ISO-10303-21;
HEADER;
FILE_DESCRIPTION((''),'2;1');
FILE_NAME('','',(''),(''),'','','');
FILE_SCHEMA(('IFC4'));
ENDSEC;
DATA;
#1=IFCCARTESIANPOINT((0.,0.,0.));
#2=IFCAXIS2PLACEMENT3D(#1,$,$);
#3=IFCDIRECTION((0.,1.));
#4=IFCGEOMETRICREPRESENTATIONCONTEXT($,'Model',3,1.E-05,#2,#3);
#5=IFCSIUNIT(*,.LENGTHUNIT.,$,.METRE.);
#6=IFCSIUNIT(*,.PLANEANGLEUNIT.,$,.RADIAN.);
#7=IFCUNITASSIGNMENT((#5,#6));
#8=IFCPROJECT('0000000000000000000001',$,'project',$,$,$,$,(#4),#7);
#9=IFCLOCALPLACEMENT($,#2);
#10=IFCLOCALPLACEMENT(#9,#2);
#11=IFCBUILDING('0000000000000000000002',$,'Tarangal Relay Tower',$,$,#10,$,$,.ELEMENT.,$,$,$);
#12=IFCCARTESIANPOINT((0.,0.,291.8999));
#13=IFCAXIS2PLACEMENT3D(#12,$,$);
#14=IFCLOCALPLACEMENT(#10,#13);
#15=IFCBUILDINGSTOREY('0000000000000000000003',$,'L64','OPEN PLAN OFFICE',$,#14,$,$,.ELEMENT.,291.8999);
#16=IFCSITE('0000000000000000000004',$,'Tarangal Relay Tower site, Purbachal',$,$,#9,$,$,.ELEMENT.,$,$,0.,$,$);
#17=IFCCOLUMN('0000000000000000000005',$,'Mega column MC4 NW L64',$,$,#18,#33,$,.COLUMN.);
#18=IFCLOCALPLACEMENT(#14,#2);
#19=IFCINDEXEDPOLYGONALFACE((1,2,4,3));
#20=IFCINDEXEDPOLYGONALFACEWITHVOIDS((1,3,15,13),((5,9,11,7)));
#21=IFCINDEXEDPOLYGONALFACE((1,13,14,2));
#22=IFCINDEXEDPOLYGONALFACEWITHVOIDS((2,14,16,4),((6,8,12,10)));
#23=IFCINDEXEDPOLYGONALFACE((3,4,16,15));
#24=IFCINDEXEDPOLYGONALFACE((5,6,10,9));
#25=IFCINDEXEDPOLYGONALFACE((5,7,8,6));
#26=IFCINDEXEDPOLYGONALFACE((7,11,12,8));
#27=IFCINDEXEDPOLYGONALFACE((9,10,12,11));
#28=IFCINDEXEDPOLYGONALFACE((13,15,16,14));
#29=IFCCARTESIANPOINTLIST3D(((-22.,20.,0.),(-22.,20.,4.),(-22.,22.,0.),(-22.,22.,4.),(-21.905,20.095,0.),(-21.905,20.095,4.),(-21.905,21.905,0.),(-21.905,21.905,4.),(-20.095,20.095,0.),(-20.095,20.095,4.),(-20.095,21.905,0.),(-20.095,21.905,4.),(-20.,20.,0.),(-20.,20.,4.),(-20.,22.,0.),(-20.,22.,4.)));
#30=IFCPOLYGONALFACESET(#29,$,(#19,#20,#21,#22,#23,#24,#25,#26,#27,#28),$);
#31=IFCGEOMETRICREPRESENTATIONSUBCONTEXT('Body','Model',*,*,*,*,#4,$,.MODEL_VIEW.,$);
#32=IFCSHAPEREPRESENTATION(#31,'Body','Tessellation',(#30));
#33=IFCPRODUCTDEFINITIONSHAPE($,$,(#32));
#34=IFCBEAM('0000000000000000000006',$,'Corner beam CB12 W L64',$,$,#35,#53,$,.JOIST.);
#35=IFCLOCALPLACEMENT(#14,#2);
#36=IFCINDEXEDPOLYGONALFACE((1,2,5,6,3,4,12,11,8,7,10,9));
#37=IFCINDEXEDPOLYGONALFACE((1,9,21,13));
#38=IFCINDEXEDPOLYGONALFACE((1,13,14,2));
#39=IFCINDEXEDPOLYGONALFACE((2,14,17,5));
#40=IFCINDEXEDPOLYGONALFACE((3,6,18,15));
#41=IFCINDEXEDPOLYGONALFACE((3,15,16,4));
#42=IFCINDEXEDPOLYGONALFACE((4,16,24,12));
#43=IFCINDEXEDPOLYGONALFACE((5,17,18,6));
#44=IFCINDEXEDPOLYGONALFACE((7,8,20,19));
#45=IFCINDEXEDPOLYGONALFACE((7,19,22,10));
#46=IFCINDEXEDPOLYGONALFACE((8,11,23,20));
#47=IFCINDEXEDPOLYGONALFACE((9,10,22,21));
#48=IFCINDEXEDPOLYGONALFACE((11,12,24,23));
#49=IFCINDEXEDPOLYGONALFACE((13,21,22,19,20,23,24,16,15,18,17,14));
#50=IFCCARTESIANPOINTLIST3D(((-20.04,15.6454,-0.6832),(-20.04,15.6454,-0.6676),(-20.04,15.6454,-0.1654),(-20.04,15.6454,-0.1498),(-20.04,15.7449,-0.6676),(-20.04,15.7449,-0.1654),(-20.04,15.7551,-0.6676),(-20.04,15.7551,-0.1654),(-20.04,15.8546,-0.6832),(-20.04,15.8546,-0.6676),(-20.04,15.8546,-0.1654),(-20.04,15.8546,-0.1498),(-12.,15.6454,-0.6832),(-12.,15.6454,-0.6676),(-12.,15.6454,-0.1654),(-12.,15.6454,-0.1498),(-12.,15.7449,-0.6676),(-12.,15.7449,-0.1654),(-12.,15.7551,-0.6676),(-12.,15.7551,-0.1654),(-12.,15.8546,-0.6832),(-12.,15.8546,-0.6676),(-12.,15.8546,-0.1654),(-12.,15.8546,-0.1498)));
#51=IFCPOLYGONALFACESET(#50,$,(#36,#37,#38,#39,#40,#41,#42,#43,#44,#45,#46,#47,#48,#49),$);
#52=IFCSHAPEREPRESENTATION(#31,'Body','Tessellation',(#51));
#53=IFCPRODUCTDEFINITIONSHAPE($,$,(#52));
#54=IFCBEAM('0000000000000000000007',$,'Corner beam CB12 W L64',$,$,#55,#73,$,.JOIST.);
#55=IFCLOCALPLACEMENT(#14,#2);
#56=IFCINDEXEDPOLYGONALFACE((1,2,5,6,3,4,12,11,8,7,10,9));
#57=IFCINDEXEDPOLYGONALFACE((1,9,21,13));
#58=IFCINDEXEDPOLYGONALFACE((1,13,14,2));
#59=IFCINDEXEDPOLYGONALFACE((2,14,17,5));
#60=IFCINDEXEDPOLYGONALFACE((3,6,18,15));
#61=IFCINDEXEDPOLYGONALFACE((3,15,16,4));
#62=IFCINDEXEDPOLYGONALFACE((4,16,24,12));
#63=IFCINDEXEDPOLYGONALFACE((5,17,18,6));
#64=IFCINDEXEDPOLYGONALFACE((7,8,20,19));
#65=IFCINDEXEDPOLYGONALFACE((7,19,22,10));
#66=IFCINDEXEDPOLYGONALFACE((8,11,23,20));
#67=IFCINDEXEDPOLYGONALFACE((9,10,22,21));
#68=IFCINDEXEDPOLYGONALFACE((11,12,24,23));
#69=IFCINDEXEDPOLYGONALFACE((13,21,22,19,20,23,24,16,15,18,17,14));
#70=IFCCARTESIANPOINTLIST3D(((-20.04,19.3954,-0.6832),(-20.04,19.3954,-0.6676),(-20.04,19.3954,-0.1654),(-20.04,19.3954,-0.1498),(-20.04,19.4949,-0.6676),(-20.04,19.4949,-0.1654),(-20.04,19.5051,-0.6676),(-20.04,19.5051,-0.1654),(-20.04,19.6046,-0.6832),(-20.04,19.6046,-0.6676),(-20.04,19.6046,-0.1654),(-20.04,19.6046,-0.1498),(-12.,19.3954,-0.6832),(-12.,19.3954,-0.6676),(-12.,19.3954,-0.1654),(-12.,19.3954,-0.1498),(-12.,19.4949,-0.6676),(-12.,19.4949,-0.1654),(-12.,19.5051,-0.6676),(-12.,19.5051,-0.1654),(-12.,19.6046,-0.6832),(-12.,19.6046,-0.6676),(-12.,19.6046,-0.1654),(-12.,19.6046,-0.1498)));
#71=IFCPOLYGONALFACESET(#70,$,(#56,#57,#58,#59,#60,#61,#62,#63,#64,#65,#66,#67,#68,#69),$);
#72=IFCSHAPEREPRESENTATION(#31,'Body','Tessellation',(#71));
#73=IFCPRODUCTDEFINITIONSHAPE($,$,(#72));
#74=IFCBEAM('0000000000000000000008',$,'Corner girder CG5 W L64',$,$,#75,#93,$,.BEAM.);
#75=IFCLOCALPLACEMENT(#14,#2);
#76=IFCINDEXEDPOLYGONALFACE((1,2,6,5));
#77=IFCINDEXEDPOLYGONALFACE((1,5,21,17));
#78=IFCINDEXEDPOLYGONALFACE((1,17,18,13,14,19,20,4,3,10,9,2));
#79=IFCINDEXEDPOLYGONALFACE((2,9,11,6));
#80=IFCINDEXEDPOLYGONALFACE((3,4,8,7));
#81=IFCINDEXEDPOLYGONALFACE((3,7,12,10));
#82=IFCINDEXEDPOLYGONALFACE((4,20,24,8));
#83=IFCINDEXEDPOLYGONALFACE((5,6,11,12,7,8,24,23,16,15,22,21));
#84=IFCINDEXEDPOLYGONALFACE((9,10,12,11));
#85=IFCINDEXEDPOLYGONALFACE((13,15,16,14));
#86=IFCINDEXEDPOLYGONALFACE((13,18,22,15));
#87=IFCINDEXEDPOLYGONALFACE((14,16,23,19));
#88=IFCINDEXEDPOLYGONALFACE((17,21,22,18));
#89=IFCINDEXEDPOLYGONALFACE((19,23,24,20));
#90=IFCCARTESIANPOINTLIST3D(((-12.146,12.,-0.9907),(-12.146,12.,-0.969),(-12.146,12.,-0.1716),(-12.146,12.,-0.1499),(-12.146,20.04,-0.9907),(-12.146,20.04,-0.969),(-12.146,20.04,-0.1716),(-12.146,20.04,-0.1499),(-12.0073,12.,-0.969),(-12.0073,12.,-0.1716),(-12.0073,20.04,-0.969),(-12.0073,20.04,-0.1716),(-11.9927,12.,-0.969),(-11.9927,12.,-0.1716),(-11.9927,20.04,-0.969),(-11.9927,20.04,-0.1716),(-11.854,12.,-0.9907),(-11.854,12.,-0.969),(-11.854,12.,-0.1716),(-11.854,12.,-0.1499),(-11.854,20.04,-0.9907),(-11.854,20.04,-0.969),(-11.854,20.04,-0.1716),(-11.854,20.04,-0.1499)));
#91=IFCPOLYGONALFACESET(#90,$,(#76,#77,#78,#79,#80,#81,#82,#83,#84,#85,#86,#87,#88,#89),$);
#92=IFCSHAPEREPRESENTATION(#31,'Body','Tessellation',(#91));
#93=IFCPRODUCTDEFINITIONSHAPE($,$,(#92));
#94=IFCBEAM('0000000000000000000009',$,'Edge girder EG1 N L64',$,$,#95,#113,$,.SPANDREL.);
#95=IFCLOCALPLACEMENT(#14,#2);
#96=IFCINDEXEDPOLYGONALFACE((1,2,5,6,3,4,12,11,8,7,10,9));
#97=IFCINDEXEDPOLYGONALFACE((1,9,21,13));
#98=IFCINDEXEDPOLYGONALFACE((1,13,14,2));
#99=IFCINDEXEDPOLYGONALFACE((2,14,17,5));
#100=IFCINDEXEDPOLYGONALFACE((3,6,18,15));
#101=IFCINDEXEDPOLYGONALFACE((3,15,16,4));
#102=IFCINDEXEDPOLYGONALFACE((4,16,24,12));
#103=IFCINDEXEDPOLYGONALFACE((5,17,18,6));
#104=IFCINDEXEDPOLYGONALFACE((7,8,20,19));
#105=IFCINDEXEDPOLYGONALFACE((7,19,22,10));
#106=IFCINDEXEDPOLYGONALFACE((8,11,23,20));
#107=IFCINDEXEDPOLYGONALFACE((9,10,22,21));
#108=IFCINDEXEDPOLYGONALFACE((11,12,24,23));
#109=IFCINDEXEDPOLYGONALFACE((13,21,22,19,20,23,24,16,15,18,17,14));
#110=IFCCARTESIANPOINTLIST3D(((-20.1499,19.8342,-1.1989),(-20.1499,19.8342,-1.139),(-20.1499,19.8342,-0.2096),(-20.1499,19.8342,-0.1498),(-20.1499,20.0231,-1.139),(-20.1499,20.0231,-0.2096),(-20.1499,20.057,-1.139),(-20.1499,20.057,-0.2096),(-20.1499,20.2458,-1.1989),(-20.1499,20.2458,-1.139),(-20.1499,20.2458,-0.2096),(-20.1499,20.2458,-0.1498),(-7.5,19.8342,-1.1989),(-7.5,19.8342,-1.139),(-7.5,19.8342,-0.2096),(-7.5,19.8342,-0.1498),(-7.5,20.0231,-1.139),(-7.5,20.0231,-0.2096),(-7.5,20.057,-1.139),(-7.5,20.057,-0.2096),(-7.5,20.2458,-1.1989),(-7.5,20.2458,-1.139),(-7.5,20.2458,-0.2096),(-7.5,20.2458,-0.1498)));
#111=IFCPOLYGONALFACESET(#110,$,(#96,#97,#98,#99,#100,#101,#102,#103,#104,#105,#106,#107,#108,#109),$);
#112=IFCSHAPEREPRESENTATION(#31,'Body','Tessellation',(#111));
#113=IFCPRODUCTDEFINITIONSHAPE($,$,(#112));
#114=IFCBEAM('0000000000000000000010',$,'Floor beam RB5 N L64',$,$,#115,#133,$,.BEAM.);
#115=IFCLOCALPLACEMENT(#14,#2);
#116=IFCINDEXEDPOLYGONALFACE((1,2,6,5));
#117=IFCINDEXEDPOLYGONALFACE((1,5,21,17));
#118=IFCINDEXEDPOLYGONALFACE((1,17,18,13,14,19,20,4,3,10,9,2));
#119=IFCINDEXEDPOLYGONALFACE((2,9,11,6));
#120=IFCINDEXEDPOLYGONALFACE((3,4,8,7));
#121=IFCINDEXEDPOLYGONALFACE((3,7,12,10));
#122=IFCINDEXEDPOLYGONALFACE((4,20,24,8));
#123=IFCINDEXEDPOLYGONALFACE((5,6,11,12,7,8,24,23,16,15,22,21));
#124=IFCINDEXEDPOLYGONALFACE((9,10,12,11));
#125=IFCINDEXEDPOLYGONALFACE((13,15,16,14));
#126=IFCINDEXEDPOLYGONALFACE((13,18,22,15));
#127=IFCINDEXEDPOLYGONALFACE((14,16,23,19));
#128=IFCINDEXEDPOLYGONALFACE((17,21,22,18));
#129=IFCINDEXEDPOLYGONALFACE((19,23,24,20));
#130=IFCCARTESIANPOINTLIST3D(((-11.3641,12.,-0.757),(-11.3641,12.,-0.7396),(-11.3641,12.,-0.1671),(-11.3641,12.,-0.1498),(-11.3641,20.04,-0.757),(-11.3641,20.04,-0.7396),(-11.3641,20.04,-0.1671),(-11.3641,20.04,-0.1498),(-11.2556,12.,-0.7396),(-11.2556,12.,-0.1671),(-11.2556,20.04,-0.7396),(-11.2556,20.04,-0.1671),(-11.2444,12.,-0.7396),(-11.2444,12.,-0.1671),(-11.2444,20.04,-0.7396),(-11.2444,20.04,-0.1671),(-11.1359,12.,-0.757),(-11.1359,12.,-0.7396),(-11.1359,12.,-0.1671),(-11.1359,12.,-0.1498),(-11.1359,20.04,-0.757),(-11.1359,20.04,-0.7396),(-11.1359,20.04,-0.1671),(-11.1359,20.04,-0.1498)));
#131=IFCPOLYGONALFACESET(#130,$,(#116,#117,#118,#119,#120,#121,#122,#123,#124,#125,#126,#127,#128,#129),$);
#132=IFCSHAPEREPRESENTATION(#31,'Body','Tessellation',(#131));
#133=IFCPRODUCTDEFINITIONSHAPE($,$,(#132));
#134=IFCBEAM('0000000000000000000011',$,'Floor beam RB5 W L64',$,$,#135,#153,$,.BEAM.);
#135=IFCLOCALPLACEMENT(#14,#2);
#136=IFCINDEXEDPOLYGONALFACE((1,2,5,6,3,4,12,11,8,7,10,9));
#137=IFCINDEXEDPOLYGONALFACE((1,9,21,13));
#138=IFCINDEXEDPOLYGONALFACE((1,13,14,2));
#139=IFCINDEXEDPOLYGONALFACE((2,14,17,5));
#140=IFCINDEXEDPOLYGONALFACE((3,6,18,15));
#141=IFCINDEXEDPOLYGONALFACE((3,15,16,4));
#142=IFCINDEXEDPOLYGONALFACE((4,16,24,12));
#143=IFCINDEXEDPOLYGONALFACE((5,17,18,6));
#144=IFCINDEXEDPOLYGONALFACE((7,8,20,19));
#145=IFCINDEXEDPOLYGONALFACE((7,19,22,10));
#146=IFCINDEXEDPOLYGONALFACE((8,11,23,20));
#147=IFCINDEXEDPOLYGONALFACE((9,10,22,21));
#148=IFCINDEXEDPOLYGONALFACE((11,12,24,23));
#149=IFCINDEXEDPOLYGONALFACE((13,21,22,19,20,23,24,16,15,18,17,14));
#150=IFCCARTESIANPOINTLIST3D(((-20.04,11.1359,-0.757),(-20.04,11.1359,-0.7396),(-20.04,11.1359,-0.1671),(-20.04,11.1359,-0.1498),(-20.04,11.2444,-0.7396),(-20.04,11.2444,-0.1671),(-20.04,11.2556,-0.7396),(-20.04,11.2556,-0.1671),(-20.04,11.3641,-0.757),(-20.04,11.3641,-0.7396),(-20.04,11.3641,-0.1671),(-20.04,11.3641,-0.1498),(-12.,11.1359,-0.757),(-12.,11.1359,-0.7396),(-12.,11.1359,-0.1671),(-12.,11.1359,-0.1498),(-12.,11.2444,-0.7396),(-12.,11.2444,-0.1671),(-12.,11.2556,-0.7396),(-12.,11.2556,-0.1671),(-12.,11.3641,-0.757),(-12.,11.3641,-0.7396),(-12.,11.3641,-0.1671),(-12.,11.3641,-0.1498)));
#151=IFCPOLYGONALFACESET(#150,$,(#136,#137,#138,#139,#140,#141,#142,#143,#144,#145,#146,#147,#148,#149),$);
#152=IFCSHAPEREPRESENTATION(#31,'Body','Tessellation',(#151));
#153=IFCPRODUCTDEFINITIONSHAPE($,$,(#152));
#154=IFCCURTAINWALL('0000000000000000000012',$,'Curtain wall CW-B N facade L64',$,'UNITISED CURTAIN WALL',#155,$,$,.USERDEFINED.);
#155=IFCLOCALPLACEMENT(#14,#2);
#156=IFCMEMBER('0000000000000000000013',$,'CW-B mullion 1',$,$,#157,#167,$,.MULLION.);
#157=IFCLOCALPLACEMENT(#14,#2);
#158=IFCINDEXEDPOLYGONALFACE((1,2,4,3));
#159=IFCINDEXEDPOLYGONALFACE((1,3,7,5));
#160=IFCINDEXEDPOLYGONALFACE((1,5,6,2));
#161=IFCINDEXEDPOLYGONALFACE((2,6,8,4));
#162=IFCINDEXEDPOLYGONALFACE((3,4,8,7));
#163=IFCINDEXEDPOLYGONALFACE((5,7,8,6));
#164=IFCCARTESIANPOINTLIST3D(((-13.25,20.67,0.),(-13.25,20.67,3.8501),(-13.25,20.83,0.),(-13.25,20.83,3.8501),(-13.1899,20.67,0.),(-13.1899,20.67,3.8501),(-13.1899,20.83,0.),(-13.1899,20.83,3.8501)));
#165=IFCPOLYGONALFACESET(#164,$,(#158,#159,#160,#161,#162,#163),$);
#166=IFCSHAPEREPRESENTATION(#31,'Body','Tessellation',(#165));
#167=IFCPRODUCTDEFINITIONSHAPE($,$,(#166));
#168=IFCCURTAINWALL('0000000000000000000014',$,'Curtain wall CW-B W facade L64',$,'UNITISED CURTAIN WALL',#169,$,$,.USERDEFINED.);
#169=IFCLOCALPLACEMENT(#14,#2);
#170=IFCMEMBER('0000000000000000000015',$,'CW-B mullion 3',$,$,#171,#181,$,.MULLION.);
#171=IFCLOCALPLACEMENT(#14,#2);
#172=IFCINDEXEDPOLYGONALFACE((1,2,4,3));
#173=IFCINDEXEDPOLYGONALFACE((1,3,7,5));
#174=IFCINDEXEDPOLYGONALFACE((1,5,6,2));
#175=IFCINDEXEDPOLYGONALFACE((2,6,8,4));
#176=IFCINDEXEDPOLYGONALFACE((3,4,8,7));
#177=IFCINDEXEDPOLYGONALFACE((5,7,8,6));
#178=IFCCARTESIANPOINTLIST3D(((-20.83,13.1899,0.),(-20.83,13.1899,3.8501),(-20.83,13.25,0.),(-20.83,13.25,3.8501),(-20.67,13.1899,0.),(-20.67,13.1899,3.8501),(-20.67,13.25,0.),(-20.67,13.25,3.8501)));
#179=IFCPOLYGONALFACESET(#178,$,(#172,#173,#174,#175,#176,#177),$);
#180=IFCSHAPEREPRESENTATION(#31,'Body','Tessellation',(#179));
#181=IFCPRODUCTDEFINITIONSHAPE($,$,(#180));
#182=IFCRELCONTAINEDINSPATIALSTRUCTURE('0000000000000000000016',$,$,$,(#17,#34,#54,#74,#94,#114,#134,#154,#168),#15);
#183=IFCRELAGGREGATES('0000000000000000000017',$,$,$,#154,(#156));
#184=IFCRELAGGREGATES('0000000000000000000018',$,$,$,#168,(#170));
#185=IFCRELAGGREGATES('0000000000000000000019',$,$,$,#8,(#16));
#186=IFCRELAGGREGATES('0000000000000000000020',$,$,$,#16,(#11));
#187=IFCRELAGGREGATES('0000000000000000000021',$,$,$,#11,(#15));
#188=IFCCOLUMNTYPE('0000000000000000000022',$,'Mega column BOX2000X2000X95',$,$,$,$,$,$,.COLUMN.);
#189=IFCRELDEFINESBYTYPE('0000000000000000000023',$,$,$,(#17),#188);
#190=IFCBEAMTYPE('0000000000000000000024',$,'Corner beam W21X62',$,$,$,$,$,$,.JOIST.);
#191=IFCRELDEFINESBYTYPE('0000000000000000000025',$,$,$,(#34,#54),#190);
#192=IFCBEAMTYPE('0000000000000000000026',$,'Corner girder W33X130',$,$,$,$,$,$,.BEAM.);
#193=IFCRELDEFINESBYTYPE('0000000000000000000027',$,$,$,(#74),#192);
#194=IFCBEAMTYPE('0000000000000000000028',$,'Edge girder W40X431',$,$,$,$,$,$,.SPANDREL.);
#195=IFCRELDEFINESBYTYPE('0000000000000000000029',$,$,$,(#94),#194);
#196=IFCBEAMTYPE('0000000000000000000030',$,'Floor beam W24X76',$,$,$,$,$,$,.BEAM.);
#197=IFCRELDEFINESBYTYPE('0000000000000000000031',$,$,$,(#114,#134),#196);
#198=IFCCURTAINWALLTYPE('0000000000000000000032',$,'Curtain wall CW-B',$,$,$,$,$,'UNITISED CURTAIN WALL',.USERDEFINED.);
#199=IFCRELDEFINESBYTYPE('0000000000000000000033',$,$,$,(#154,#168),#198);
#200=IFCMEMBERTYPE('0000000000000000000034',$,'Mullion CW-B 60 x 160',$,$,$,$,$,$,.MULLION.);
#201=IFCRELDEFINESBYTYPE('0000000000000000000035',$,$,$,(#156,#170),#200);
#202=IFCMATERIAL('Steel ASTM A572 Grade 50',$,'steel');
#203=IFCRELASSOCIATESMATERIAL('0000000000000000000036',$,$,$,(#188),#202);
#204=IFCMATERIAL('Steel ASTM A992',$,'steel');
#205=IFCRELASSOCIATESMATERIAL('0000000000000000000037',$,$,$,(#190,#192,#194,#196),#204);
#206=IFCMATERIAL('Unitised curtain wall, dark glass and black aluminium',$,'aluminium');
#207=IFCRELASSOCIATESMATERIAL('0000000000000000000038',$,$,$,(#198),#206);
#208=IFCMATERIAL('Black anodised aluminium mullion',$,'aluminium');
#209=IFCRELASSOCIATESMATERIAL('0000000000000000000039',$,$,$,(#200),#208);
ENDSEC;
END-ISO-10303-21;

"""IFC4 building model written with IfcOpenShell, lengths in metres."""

from ifc_helpers import new_model, si_unit, direction, frame, origin, origin_2d, place, context, subcontext, project, spatial, rectangle, hollow_rectangle, i_section, extrude, material, material_profile, profile_set, type_object, element, aggregate, save


model = new_model("IFC4")

# Units and contexts
model_context = context("Model", 3, precision=1e-05, world=origin(), true_north=direction((0.0, 1.0)))
body_context = subcontext(model_context, "Body", "Model", "MODEL_VIEW")
ifc_project = project(units=[si_unit("LENGTHUNIT", "METRE"), si_unit("PLANEANGLEUNIT", "RADIAN")], contexts=[model_context])

# Site, building, storey
site_placement = place(None, origin())
site = spatial("IfcSite", under=ifc_project, at=site_placement, Name="Tarangal Relay Tower site, Purbachal", CompositionType="ELEMENT", RefElevation=0.0)
building_placement = place(site_placement, origin())
building = spatial("IfcBuilding", under=site, at=building_placement, Name="Tarangal Relay Tower", CompositionType="ELEMENT")
storey_placement = place(building_placement, frame((0.0, 0.0, 291.8999)))
storey = spatial("IfcBuildingStorey", under=building, at=storey_placement, Name="L64", Description="OPEN PLAN OFFICE", CompositionType="ELEMENT", Elevation=291.8999)

# Column
ifc_material_1 = material(Name="Steel ASTM A572 Grade 50", Category="steel")
ifc_material_profile_1 = material_profile(ifc_material_1, hollow_rectangle(XDim=2.0, YDim=2.0, WallThickness=0.095, at=origin_2d()), Name="BOX2000X2000X95")
ifc_profile_set_1 = profile_set([ifc_material_profile_1], Name="Steel ASTM A572 Grade 50")
column_type = type_object("IfcColumnType", Name="Mega column BOX2000X2000X95", PredefinedType="COLUMN", material=ifc_profile_set_1)
column_placement = place(storey_placement, frame((-21.0, 21.0, 0.0), z_axis=(0.0, 0.0, 1.0), x_axis=(1.0, 0.0, 0.0)))
element("IfcColumn", 1, at=column_placement, inside=storey, type_object=column_type, Name="Mega column MC4 NW L64", PredefinedType="COLUMN", context=body_context, shape_type="SweptSolid", body=[
    extrude(hollow_rectangle(XDim=2.0, YDim=2.0, WallThickness=0.095, at=origin_2d()), origin(), (0.0, 0.0, 1.0), 4.0),
])

# Beams
ifc_material_2 = material(Name="Steel ASTM A992", Category="steel")
ifc_material_profile_2 = material_profile(ifc_material_2, i_section(OverallWidth=0.2092, OverallDepth=0.5334, WebThickness=0.0103, FlangeThickness=0.0156, at=origin_2d()), Name="W21X62")
ifc_profile_set_2 = profile_set([ifc_material_profile_2], Name="Steel ASTM A992")
beam_type_1 = type_object("IfcBeamType", Name="Corner beam W21X62", PredefinedType="JOIST", material=ifc_profile_set_2)
for number, where, z_axis, x_axis, name in (
    (2, (-12.0, 15.75, -0.4165), (-1.0, 0.0, 0.0), (0.0, -1.0, 0.0), "Corner beam CB12 W L64"),
    (3, (-12.0, 19.5, -0.4165), (-1.0, 0.0, 0.0), (0.0, -1.0, 0.0), "Corner beam CB12 W L64"),
):
    element("IfcBeam", number, at=place(storey_placement, frame(where, z_axis=z_axis, x_axis=x_axis)), inside=storey, type_object=beam_type_1, Name=name, PredefinedType="JOIST", context=body_context, shape_type="SweptSolid", body=[
        extrude(i_section(OverallWidth=0.2092, OverallDepth=0.5334, WebThickness=0.0103, FlangeThickness=0.0156, at=origin_2d()), origin(), (0.0, 0.0, 1.0), 8.04),
    ])
ifc_material_profile_3 = material_profile(ifc_material_2, i_section(OverallWidth=0.292, OverallDepth=0.8408, WebThickness=0.0146, FlangeThickness=0.0217, at=origin_2d()), Name="W33X130")
ifc_profile_set_3 = profile_set([ifc_material_profile_3], Name="Steel ASTM A992")
beam_type_2 = type_object("IfcBeamType", Name="Corner girder W33X130", PredefinedType="BEAM", material=ifc_profile_set_3)
beam_1_placement = place(storey_placement, frame((-12.0, 12.0, -0.5703), z_axis=(0.0, 1.0, 0.0), x_axis=(-1.0, 0.0, 0.0)))
element("IfcBeam", 4, at=beam_1_placement, inside=storey, type_object=beam_type_2, Name="Corner girder CG5 W L64", PredefinedType="BEAM", context=body_context, shape_type="SweptSolid", body=[
    extrude(i_section(OverallWidth=0.292, OverallDepth=0.8408, WebThickness=0.0146, FlangeThickness=0.0217, at=origin_2d()), origin(), (0.0, 0.0, 1.0), 8.04),
])
ifc_material_profile_4 = material_profile(ifc_material_2, i_section(OverallWidth=0.4116, OverallDepth=1.0491, WebThickness=0.0339, FlangeThickness=0.0598, at=origin_2d()), Name="W40X431")
ifc_profile_set_4 = profile_set([ifc_material_profile_4], Name="Steel ASTM A992")
beam_type_3 = type_object("IfcBeamType", Name="Edge girder W40X431", PredefinedType="SPANDREL", material=ifc_profile_set_4)
beam_2_placement = place(storey_placement, frame((-20.1499, 20.04, -0.6743), z_axis=(1.0, 0.0, 0.0), x_axis=(0.0, 1.0, 0.0)))
element("IfcBeam", 5, at=beam_2_placement, inside=storey, type_object=beam_type_3, Name="Edge girder EG1 N L64", PredefinedType="SPANDREL", context=body_context, shape_type="SweptSolid", body=[
    extrude(i_section(OverallWidth=0.4116, OverallDepth=1.0491, WebThickness=0.0339, FlangeThickness=0.0598, at=origin_2d()), origin(), (0.0, 0.0, 1.0), 12.6499),
])
ifc_material_profile_5 = material_profile(ifc_material_2, i_section(OverallWidth=0.2283, OverallDepth=0.6072, WebThickness=0.0112, FlangeThickness=0.0173, at=origin_2d()), Name="W24X76")
ifc_profile_set_5 = profile_set([ifc_material_profile_5], Name="Steel ASTM A992")
beam_type_4 = type_object("IfcBeamType", Name="Floor beam W24X76", PredefinedType="BEAM", material=ifc_profile_set_5)
for number, where, z_axis, x_axis, name in (
    (6, (-11.25, 12.0, -0.4534), (0.0, 1.0, 0.0), (-1.0, 0.0, 0.0), "Floor beam RB5 N L64"),
    (7, (-12.0, 11.25, -0.4534), (-1.0, 0.0, 0.0), (0.0, -1.0, 0.0), "Floor beam RB5 W L64"),
):
    element("IfcBeam", number, at=place(storey_placement, frame(where, z_axis=z_axis, x_axis=x_axis)), inside=storey, type_object=beam_type_4, Name=name, PredefinedType="BEAM", context=body_context, shape_type="SweptSolid", body=[
        extrude(i_section(OverallWidth=0.2283, OverallDepth=0.6072, WebThickness=0.0112, FlangeThickness=0.0173, at=origin_2d()), origin(), (0.0, 0.0, 1.0), 8.04),
    ])

# Curtain walls, members
ifc_material_3 = material(Name="Unitised curtain wall, dark glass and black aluminium", Category="aluminium")
curtain_wall_type = type_object("IfcCurtainWallType", Name="Curtain wall CW-B", ElementType="UNITISED CURTAIN WALL", PredefinedType="USERDEFINED", material=ifc_material_3)
curtain_wall_1_placement = place(storey_placement, origin())
curtain_wall_1 = element("IfcCurtainWall", 8, at=curtain_wall_1_placement, inside=storey, type_object=curtain_wall_type, Name="Curtain wall CW-B N facade L64", ObjectType="UNITISED CURTAIN WALL", PredefinedType="USERDEFINED")
ifc_material_4 = material(Name="Black anodised aluminium mullion", Category="aluminium")
ifc_material_profile_6 = material_profile(ifc_material_4, rectangle(XDim=0.1599, YDim=0.0601, at=origin_2d()), Name="CW-BM 60X160")
ifc_profile_set_6 = profile_set([ifc_material_profile_6], Name="Black anodised aluminium mullion")
member_type_1 = type_object("IfcMemberType", Name="Mullion CW-B 60 x 160", PredefinedType="MULLION", material=ifc_profile_set_6)
member_1_placement = place(storey_placement, frame((-13.22, 20.75, 0.0), z_axis=(0.0, 0.0, 1.0), x_axis=(0.0, 1.0, 0.0)))
member_1 = element("IfcMember", 9, at=member_1_placement, type_object=member_type_1, Name="CW-B mullion 1", PredefinedType="MULLION", context=body_context, shape_type="SweptSolid", body=[
    extrude(rectangle(XDim=0.1599, YDim=0.0601, at=origin_2d()), origin(), (0.0, 0.0, 1.0), 3.8501),
])
curtain_wall_2_placement = place(storey_placement, origin())
curtain_wall_2 = element("IfcCurtainWall", 10, at=curtain_wall_2_placement, inside=storey, type_object=curtain_wall_type, Name="Curtain wall CW-B W facade L64", ObjectType="UNITISED CURTAIN WALL", PredefinedType="USERDEFINED")
member_2_placement = place(storey_placement, frame((-20.75, 13.22, 0.0), z_axis=(0.0, 0.0, 1.0), x_axis=(-1.0, 0.0, 0.0)))
member_2 = element("IfcMember", 11, at=member_2_placement, type_object=member_type_1, Name="CW-B mullion 3", PredefinedType="MULLION", context=body_context, shape_type="SweptSolid", body=[
    extrude(rectangle(XDim=0.1599, YDim=0.0601, at=origin_2d()), origin(), (0.0, 0.0, 1.0), 3.8501),
])

aggregate(curtain_wall_1, [member_1])
aggregate(curtain_wall_2, [member_2])

save(model, "model.ifc")
